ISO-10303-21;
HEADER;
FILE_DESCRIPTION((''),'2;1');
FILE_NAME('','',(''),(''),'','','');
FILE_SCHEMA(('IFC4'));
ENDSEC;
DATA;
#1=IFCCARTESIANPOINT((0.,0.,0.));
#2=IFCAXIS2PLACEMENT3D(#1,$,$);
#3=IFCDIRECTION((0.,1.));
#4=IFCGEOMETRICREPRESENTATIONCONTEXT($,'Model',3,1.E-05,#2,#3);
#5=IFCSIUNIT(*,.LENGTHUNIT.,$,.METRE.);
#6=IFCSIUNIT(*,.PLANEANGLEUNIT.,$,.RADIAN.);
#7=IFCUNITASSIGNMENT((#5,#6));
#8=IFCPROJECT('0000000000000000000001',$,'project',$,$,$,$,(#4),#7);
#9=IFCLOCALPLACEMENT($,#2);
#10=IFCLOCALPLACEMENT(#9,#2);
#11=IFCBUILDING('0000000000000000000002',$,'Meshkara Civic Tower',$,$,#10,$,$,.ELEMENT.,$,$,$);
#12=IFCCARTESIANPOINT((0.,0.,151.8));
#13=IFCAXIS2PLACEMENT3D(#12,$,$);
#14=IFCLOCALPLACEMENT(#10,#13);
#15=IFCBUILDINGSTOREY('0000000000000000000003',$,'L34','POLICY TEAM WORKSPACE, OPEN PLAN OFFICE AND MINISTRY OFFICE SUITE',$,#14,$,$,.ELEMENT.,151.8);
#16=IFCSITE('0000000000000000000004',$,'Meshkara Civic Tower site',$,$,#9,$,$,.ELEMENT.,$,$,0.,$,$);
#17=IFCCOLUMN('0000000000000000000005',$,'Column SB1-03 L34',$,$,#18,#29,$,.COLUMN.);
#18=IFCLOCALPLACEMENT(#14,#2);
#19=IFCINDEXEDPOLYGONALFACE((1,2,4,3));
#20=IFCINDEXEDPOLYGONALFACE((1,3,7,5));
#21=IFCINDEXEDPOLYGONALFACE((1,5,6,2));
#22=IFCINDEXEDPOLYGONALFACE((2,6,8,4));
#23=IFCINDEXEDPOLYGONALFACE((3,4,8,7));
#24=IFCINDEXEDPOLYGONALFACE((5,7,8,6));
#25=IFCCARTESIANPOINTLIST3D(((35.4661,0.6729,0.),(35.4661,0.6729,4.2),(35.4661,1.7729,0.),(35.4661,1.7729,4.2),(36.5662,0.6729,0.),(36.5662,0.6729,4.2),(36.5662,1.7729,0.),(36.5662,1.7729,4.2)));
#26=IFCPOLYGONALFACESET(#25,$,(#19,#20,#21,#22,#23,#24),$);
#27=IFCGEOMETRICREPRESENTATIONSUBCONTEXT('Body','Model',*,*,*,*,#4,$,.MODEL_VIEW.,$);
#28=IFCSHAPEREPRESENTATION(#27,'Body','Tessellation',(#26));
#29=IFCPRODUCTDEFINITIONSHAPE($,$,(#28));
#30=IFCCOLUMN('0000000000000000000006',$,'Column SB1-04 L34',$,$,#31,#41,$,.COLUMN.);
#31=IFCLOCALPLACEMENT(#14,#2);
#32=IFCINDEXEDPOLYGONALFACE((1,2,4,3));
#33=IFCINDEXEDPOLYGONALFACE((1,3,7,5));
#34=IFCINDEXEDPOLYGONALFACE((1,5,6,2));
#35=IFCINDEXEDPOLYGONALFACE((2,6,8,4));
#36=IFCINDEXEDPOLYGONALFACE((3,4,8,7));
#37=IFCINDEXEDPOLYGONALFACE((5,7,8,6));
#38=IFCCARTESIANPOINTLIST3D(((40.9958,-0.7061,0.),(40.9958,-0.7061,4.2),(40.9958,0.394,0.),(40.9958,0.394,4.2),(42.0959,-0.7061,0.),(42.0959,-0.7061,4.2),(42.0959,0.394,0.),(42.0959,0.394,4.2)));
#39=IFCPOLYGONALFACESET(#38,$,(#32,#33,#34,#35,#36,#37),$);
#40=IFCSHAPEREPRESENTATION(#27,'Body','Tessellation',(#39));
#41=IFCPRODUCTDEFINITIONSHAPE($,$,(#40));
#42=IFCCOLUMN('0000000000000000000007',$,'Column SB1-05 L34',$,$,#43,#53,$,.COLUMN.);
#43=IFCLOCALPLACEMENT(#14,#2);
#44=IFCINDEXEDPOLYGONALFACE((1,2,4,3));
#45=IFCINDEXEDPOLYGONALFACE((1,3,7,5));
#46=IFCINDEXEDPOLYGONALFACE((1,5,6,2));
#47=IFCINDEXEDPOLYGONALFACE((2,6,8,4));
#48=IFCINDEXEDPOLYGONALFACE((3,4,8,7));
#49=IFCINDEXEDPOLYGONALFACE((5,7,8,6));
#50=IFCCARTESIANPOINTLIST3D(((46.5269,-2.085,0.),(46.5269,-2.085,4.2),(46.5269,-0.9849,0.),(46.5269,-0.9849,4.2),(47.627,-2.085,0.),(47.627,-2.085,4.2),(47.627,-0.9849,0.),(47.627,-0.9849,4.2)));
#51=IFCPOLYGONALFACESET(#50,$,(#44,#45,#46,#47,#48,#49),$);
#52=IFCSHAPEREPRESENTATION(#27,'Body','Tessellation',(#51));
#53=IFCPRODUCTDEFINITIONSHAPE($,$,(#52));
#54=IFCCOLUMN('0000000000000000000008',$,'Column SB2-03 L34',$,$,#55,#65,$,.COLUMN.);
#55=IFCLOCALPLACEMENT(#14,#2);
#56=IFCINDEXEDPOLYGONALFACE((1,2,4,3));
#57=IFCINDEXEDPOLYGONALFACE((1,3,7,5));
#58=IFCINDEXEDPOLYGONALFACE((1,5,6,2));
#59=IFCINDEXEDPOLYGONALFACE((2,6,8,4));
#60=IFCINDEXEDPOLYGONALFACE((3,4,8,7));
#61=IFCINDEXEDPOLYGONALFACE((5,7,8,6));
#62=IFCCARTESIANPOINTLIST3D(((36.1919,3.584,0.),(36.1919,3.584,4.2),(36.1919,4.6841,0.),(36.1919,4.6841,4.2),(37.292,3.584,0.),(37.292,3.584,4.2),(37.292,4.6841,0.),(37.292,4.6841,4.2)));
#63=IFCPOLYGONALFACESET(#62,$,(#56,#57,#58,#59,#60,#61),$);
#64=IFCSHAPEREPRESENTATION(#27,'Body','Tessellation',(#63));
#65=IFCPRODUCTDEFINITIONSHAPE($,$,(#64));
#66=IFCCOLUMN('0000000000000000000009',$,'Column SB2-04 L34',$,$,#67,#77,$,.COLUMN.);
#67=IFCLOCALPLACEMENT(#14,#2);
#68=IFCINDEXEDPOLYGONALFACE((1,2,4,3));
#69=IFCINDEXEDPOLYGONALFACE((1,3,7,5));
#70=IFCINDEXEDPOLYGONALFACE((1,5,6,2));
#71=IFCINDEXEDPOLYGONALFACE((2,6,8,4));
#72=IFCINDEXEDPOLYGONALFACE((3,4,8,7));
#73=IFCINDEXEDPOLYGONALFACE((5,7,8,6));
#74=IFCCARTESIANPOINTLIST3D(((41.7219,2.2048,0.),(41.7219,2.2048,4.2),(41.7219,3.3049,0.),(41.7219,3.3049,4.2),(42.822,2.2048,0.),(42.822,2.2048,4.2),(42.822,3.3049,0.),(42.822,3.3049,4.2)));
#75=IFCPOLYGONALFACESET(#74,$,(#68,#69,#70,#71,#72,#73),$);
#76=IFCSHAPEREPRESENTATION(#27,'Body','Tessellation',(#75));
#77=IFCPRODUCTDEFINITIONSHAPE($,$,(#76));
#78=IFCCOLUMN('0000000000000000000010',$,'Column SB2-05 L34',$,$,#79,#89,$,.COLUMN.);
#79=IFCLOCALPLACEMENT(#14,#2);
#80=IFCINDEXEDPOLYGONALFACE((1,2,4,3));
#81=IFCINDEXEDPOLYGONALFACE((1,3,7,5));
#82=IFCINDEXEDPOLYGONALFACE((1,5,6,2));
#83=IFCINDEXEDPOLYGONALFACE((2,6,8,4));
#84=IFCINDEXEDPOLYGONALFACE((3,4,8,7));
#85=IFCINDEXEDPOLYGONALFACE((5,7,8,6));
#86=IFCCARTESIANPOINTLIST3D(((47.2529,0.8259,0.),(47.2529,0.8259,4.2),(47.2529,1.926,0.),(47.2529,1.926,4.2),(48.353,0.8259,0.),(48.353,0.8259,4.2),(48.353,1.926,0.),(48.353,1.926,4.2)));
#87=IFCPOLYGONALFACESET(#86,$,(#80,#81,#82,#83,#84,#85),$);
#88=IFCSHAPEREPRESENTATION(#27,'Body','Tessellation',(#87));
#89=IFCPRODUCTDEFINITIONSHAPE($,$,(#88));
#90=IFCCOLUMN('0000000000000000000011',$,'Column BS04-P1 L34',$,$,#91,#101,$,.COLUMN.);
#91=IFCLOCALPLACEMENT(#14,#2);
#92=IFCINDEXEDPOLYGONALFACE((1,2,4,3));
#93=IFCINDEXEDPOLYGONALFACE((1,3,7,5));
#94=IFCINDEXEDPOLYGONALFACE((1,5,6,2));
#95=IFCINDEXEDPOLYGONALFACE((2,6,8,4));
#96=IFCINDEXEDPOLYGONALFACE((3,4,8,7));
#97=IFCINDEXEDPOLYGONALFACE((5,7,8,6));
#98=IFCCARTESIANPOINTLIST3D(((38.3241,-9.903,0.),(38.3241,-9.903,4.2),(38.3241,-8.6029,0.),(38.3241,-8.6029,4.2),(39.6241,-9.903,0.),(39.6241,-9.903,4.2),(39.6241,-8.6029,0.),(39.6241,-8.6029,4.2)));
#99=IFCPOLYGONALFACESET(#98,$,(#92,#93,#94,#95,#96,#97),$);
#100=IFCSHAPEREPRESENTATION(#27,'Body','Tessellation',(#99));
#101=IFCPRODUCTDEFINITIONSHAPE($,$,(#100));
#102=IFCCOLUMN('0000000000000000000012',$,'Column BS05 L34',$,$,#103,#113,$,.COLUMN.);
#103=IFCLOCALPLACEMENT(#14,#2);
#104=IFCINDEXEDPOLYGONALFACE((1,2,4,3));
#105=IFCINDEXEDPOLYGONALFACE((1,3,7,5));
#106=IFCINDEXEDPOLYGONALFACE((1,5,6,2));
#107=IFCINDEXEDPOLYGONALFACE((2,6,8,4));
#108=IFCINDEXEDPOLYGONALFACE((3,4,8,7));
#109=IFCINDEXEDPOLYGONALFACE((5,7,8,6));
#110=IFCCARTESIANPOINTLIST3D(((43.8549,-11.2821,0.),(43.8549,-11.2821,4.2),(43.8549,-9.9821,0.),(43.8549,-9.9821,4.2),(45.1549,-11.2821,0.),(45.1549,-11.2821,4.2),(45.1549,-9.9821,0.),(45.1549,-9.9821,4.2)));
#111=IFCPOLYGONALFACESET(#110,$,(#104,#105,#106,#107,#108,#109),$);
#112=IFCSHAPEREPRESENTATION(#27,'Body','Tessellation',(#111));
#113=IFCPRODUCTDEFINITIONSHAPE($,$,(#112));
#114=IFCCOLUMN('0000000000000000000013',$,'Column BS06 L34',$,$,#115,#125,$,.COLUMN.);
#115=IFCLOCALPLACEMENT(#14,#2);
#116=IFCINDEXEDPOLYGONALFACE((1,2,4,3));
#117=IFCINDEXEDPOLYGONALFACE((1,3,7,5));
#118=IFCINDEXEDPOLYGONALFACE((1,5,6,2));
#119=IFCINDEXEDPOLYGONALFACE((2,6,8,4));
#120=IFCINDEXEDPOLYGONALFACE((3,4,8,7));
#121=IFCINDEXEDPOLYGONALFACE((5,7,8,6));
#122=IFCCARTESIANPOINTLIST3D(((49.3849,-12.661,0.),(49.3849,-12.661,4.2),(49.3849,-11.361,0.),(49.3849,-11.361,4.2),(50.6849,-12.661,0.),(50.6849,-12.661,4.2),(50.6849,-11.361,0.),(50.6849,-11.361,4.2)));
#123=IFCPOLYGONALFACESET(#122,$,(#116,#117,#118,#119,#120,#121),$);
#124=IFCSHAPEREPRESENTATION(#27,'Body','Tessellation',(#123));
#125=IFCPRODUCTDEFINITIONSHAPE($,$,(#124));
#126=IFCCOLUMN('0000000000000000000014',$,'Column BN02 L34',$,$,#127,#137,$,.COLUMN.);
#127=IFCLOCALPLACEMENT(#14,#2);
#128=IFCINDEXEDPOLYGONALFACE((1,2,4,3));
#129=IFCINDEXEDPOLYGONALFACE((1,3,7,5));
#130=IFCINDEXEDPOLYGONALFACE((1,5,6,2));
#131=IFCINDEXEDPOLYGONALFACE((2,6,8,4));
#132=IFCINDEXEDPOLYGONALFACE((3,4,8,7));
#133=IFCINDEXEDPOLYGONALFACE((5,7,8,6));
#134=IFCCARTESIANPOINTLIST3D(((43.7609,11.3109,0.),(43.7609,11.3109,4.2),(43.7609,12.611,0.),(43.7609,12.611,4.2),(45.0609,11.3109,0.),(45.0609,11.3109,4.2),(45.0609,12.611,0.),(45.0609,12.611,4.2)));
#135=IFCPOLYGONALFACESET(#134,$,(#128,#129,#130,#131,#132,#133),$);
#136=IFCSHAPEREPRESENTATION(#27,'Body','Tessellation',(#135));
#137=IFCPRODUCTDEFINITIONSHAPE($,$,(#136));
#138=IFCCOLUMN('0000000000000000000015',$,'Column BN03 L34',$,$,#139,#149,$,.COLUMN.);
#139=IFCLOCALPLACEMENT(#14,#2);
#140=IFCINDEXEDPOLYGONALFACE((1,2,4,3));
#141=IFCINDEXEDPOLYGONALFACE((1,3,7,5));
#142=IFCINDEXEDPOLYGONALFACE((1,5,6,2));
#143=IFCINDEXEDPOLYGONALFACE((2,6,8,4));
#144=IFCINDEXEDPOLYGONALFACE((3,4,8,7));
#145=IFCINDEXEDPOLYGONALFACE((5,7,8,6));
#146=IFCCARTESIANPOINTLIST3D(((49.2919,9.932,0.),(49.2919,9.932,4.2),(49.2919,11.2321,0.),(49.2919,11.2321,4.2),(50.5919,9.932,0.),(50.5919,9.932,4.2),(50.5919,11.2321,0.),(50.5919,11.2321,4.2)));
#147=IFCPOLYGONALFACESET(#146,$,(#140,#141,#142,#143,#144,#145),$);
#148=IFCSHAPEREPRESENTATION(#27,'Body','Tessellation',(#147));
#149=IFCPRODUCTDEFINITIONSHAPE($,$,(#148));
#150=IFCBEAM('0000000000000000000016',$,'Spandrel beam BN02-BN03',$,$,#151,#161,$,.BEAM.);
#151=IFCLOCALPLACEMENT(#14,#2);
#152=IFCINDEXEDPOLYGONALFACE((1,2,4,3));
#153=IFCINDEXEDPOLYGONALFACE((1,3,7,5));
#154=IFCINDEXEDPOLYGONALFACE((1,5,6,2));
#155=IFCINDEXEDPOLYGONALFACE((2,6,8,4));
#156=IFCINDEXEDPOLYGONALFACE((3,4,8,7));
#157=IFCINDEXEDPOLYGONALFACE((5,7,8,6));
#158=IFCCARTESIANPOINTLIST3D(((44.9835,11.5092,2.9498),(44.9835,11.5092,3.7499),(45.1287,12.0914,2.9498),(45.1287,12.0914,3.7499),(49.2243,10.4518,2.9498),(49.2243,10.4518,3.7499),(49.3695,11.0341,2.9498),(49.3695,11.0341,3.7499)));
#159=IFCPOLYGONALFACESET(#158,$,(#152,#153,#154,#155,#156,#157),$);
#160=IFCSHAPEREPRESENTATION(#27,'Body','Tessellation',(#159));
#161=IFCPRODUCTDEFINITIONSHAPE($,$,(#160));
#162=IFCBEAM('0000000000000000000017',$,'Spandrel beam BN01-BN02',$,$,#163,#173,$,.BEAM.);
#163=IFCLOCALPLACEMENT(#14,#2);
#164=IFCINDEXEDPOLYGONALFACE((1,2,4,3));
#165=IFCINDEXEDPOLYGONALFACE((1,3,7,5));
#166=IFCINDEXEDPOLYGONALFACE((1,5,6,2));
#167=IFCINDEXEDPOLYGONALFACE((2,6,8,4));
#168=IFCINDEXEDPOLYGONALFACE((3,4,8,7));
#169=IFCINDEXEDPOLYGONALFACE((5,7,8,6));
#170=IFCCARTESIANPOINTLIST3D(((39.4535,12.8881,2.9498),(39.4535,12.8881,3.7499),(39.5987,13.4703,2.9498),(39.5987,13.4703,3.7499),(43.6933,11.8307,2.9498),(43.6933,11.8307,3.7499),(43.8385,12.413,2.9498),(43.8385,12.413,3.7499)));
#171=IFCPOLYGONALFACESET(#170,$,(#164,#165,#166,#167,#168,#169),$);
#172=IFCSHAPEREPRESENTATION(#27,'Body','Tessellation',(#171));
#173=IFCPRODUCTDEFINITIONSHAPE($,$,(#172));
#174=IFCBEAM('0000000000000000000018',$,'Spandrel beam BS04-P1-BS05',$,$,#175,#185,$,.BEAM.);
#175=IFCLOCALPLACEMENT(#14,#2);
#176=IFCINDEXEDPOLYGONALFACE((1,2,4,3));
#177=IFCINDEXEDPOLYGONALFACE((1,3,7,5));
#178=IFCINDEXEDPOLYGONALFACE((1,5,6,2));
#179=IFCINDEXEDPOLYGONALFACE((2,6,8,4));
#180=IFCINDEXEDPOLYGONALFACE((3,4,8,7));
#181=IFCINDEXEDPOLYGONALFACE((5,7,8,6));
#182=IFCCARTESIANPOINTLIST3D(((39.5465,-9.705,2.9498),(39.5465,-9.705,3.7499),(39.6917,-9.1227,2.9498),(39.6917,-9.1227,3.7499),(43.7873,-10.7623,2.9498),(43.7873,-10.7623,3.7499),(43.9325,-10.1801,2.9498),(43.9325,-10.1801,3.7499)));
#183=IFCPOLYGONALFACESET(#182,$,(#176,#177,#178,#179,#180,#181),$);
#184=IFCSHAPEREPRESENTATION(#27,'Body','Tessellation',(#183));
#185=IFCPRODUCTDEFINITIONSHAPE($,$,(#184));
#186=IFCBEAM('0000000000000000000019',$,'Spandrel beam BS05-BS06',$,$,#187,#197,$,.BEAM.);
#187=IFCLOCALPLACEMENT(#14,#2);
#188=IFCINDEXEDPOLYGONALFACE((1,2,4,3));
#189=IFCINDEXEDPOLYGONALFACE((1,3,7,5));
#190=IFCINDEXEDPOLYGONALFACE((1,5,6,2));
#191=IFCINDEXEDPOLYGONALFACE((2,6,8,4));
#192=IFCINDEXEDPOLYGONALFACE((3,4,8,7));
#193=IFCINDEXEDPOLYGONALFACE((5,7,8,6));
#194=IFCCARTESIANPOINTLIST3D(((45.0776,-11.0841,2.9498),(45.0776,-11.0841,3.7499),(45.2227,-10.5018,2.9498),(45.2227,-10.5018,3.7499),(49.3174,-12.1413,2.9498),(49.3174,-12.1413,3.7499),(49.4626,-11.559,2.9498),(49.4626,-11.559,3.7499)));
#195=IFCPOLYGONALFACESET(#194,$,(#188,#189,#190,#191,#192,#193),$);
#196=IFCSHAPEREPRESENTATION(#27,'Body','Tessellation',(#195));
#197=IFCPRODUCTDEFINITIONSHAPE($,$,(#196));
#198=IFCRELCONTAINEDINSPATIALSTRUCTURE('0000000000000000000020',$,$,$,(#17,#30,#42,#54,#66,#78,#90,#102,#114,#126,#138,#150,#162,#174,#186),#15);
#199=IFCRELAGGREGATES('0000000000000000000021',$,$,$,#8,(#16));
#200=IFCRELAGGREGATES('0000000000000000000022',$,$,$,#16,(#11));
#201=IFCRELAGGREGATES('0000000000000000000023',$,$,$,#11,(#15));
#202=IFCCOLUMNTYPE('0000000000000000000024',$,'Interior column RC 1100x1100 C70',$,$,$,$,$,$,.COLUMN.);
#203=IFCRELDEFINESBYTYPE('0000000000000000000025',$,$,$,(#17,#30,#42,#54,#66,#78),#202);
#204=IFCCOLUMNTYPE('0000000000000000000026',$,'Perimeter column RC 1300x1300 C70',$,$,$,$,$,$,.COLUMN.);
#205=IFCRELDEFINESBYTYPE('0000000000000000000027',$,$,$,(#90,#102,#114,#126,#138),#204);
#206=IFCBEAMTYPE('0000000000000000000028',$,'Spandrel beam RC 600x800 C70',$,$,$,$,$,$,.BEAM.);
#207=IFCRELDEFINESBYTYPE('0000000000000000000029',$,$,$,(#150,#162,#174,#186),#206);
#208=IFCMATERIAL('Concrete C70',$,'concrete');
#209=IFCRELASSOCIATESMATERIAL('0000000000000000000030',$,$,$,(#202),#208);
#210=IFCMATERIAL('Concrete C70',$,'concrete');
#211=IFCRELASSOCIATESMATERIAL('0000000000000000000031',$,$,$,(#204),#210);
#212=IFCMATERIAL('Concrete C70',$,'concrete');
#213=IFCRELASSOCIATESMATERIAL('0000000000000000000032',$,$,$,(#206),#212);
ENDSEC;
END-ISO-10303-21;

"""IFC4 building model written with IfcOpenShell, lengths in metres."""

from ifc_helpers import new_model, si_unit, direction, frame, origin, origin_2d, place, context, subcontext, project, spatial, rectangle, extrude, material, material_profile, profile_set, type_object, element, save


model = new_model("IFC4")

# Units and contexts
model_context = context("Model", 3, precision=1e-05, world=origin(), true_north=direction((0.0, 1.0)))
body_context = subcontext(model_context, "Body", "Model", "MODEL_VIEW")
ifc_project = project(units=[si_unit("LENGTHUNIT", "METRE"), si_unit("PLANEANGLEUNIT", "RADIAN")], contexts=[model_context])

# Site, building, storey
site_placement = place(None, origin())
site = spatial("IfcSite", under=ifc_project, at=site_placement, Name="Meshkara Civic Tower site", CompositionType="ELEMENT", RefElevation=0.0)
building_placement = place(site_placement, origin())
building = spatial("IfcBuilding", under=site, at=building_placement, Name="Meshkara Civic Tower", CompositionType="ELEMENT")
storey_placement = place(building_placement, frame((0.0, 0.0, 151.8)))
storey = spatial("IfcBuildingStorey", under=building, at=storey_placement, Name="L34", Description="POLICY TEAM WORKSPACE, OPEN PLAN OFFICE AND MINISTRY OFFICE SUITE", CompositionType="ELEMENT", Elevation=151.8)

# Columns
ifc_material_1 = material(Name="Concrete C70", Category="concrete")
ifc_material_profile_1 = material_profile(ifc_material_1, rectangle(XDim=1.1001, YDim=1.1001, at=origin_2d()))
ifc_profile_set_1 = profile_set([ifc_material_profile_1], Name="Concrete C70")
column_type_1 = type_object("IfcColumnType", Name="Interior column RC 1100x1100 C70", PredefinedType="COLUMN", material=ifc_profile_set_1)
for number, where, z_axis, x_axis, name in (
    (1, (36.0161, 1.2229, 0.0), (0.0, 0.0, 1.0), (1.0, 0.0, 0.0), "Column SB1-03 L34"),
    (2, (41.5459, -0.156, 0.0), (0.0, 0.0, 1.0), (1.0, 0.0, 0.0), "Column SB1-04 L34"),
    (3, (47.0769, -1.5349, 0.0), (0.0, 0.0, 1.0), (1.0, 0.0, 0.0), "Column SB1-05 L34"),
    (4, (36.7419, 4.134, 0.0), (0.0, 0.0, 1.0), (1.0, 0.0, 0.0), "Column SB2-03 L34"),
    (5, (42.272, 2.7549, 0.0), (0.0, 0.0, 1.0), (1.0, 0.0, 0.0), "Column SB2-04 L34"),
    (6, (47.803, 1.376, 0.0), (0.0, 0.0, 1.0), (1.0, 0.0, 0.0), "Column SB2-05 L34"),
):
    element("IfcColumn", number, at=place(storey_placement, frame(where, z_axis=z_axis, x_axis=x_axis)), inside=storey, type_object=column_type_1, Name=name, PredefinedType="COLUMN", context=body_context, shape_type="SweptSolid", body=[
        extrude(rectangle(XDim=1.1001, YDim=1.1001, at=origin_2d()), origin(), (0.0, 0.0, 1.0), 4.2),
    ])
ifc_material_2 = material(Name="Concrete C70", Category="concrete")
ifc_material_profile_2 = material_profile(ifc_material_2, rectangle(XDim=1.3, YDim=1.3, at=origin_2d()))
ifc_profile_set_2 = profile_set([ifc_material_profile_2], Name="Concrete C70")
column_type_2 = type_object("IfcColumnType", Name="Perimeter column RC 1300x1300 C70", PredefinedType="COLUMN", material=ifc_profile_set_2)
for number, where, z_axis, x_axis, name in (
    (7, (38.9741, -9.2529, 0.0), (0.0, 0.0, 1.0), (1.0, 0.0, 0.0), "Column BS04-P1 L34"),
    (8, (44.5049, -10.6321, 0.0), (0.0, 0.0, 1.0), (1.0, 0.0, 0.0), "Column BS05 L34"),
    (9, (50.0349, -12.011, 0.0), (0.0, 0.0, 1.0), (1.0, 0.0, 0.0), "Column BS06 L34"),
    (10, (44.4109, 11.9609, 0.0), (0.0, 0.0, 1.0), (1.0, 0.0, 0.0), "Column BN02 L34"),
    (11, (49.9419, 10.582, 0.0), (0.0, 0.0, 1.0), (1.0, 0.0, 0.0), "Column BN03 L34"),
):
    element("IfcColumn", number, at=place(storey_placement, frame(where, z_axis=z_axis, x_axis=x_axis)), inside=storey, type_object=column_type_2, Name=name, PredefinedType="COLUMN", context=body_context, shape_type="SweptSolid", body=[
        extrude(rectangle(XDim=1.3, YDim=1.3, at=origin_2d()), origin(), (0.0, 0.0, 1.0), 4.2),
    ])

# Beams
ifc_material_3 = material(Name="Concrete C70", Category="concrete")
ifc_material_profile_3 = material_profile(ifc_material_3, rectangle(XDim=0.6001, YDim=0.8, at=origin_2d()))
ifc_profile_set_3 = profile_set([ifc_material_profile_3], Name="Concrete C70")
beam_type = type_object("IfcBeamType", Name="Spandrel beam RC 600x800 C70", PredefinedType="BEAM", material=ifc_profile_set_3)
beam_1_placement = place(storey_placement, frame((49.2969, 10.7429, 3.3499), z_axis=(-0.970293, 0.241931, 0.0), x_axis=(-0.241931, -0.970293, 0.0)))
element("IfcBeam", 12, at=beam_1_placement, inside=storey, type_object=beam_type, Name="Spandrel beam BN02-BN03", PredefinedType="BEAM", context=body_context, shape_type="SweptSolid", body=[
    extrude(rectangle(XDim=0.6001, YDim=0.8, at=origin_2d()), origin(), (0.0, 0.0, 1.0), 4.3706),
])
beam_2_placement = place(storey_placement, frame((43.7659, 12.1218, 3.3499), z_axis=(-0.97028, 0.241983, 0.0), x_axis=(-0.241983, -0.97028, 0.0)))
element("IfcBeam", 13, at=beam_2_placement, inside=storey, type_object=beam_type, Name="Spandrel beam BN01-BN02", PredefinedType="BEAM", context=body_context, shape_type="SweptSolid", body=[
    extrude(rectangle(XDim=0.6001, YDim=0.8, at=origin_2d()), origin(), (0.0, 0.0, 1.0), 4.3696),
])
beam_3_placement = place(storey_placement, frame((39.6191, -9.4138, 3.3499), z_axis=(0.970293, -0.241931, 0.0), x_axis=(0.241931, 0.970293, 0.0)))
element("IfcBeam", 14, at=beam_3_placement, inside=storey, type_object=beam_type, Name="Spandrel beam BS04-P1-BS05", PredefinedType="BEAM", context=body_context, shape_type="SweptSolid", body=[
    extrude(rectangle(XDim=0.6001, YDim=0.8, at=origin_2d()), origin(), (0.0, 0.0, 1.0), 4.3706),
])
beam_4_placement = place(storey_placement, frame((45.1501, -10.793, 3.3499), z_axis=(0.970293, -0.241931, 0.0), x_axis=(0.241931, 0.970293, 0.0)))
element("IfcBeam", 15, at=beam_4_placement, inside=storey, type_object=beam_type, Name="Spandrel beam BS05-BS06", PredefinedType="BEAM", context=body_context, shape_type="SweptSolid", body=[
    extrude(rectangle(XDim=0.6001, YDim=0.8, at=origin_2d()), origin(), (0.0, 0.0, 1.0), 4.3696),
])

save(model, "model.ifc")
